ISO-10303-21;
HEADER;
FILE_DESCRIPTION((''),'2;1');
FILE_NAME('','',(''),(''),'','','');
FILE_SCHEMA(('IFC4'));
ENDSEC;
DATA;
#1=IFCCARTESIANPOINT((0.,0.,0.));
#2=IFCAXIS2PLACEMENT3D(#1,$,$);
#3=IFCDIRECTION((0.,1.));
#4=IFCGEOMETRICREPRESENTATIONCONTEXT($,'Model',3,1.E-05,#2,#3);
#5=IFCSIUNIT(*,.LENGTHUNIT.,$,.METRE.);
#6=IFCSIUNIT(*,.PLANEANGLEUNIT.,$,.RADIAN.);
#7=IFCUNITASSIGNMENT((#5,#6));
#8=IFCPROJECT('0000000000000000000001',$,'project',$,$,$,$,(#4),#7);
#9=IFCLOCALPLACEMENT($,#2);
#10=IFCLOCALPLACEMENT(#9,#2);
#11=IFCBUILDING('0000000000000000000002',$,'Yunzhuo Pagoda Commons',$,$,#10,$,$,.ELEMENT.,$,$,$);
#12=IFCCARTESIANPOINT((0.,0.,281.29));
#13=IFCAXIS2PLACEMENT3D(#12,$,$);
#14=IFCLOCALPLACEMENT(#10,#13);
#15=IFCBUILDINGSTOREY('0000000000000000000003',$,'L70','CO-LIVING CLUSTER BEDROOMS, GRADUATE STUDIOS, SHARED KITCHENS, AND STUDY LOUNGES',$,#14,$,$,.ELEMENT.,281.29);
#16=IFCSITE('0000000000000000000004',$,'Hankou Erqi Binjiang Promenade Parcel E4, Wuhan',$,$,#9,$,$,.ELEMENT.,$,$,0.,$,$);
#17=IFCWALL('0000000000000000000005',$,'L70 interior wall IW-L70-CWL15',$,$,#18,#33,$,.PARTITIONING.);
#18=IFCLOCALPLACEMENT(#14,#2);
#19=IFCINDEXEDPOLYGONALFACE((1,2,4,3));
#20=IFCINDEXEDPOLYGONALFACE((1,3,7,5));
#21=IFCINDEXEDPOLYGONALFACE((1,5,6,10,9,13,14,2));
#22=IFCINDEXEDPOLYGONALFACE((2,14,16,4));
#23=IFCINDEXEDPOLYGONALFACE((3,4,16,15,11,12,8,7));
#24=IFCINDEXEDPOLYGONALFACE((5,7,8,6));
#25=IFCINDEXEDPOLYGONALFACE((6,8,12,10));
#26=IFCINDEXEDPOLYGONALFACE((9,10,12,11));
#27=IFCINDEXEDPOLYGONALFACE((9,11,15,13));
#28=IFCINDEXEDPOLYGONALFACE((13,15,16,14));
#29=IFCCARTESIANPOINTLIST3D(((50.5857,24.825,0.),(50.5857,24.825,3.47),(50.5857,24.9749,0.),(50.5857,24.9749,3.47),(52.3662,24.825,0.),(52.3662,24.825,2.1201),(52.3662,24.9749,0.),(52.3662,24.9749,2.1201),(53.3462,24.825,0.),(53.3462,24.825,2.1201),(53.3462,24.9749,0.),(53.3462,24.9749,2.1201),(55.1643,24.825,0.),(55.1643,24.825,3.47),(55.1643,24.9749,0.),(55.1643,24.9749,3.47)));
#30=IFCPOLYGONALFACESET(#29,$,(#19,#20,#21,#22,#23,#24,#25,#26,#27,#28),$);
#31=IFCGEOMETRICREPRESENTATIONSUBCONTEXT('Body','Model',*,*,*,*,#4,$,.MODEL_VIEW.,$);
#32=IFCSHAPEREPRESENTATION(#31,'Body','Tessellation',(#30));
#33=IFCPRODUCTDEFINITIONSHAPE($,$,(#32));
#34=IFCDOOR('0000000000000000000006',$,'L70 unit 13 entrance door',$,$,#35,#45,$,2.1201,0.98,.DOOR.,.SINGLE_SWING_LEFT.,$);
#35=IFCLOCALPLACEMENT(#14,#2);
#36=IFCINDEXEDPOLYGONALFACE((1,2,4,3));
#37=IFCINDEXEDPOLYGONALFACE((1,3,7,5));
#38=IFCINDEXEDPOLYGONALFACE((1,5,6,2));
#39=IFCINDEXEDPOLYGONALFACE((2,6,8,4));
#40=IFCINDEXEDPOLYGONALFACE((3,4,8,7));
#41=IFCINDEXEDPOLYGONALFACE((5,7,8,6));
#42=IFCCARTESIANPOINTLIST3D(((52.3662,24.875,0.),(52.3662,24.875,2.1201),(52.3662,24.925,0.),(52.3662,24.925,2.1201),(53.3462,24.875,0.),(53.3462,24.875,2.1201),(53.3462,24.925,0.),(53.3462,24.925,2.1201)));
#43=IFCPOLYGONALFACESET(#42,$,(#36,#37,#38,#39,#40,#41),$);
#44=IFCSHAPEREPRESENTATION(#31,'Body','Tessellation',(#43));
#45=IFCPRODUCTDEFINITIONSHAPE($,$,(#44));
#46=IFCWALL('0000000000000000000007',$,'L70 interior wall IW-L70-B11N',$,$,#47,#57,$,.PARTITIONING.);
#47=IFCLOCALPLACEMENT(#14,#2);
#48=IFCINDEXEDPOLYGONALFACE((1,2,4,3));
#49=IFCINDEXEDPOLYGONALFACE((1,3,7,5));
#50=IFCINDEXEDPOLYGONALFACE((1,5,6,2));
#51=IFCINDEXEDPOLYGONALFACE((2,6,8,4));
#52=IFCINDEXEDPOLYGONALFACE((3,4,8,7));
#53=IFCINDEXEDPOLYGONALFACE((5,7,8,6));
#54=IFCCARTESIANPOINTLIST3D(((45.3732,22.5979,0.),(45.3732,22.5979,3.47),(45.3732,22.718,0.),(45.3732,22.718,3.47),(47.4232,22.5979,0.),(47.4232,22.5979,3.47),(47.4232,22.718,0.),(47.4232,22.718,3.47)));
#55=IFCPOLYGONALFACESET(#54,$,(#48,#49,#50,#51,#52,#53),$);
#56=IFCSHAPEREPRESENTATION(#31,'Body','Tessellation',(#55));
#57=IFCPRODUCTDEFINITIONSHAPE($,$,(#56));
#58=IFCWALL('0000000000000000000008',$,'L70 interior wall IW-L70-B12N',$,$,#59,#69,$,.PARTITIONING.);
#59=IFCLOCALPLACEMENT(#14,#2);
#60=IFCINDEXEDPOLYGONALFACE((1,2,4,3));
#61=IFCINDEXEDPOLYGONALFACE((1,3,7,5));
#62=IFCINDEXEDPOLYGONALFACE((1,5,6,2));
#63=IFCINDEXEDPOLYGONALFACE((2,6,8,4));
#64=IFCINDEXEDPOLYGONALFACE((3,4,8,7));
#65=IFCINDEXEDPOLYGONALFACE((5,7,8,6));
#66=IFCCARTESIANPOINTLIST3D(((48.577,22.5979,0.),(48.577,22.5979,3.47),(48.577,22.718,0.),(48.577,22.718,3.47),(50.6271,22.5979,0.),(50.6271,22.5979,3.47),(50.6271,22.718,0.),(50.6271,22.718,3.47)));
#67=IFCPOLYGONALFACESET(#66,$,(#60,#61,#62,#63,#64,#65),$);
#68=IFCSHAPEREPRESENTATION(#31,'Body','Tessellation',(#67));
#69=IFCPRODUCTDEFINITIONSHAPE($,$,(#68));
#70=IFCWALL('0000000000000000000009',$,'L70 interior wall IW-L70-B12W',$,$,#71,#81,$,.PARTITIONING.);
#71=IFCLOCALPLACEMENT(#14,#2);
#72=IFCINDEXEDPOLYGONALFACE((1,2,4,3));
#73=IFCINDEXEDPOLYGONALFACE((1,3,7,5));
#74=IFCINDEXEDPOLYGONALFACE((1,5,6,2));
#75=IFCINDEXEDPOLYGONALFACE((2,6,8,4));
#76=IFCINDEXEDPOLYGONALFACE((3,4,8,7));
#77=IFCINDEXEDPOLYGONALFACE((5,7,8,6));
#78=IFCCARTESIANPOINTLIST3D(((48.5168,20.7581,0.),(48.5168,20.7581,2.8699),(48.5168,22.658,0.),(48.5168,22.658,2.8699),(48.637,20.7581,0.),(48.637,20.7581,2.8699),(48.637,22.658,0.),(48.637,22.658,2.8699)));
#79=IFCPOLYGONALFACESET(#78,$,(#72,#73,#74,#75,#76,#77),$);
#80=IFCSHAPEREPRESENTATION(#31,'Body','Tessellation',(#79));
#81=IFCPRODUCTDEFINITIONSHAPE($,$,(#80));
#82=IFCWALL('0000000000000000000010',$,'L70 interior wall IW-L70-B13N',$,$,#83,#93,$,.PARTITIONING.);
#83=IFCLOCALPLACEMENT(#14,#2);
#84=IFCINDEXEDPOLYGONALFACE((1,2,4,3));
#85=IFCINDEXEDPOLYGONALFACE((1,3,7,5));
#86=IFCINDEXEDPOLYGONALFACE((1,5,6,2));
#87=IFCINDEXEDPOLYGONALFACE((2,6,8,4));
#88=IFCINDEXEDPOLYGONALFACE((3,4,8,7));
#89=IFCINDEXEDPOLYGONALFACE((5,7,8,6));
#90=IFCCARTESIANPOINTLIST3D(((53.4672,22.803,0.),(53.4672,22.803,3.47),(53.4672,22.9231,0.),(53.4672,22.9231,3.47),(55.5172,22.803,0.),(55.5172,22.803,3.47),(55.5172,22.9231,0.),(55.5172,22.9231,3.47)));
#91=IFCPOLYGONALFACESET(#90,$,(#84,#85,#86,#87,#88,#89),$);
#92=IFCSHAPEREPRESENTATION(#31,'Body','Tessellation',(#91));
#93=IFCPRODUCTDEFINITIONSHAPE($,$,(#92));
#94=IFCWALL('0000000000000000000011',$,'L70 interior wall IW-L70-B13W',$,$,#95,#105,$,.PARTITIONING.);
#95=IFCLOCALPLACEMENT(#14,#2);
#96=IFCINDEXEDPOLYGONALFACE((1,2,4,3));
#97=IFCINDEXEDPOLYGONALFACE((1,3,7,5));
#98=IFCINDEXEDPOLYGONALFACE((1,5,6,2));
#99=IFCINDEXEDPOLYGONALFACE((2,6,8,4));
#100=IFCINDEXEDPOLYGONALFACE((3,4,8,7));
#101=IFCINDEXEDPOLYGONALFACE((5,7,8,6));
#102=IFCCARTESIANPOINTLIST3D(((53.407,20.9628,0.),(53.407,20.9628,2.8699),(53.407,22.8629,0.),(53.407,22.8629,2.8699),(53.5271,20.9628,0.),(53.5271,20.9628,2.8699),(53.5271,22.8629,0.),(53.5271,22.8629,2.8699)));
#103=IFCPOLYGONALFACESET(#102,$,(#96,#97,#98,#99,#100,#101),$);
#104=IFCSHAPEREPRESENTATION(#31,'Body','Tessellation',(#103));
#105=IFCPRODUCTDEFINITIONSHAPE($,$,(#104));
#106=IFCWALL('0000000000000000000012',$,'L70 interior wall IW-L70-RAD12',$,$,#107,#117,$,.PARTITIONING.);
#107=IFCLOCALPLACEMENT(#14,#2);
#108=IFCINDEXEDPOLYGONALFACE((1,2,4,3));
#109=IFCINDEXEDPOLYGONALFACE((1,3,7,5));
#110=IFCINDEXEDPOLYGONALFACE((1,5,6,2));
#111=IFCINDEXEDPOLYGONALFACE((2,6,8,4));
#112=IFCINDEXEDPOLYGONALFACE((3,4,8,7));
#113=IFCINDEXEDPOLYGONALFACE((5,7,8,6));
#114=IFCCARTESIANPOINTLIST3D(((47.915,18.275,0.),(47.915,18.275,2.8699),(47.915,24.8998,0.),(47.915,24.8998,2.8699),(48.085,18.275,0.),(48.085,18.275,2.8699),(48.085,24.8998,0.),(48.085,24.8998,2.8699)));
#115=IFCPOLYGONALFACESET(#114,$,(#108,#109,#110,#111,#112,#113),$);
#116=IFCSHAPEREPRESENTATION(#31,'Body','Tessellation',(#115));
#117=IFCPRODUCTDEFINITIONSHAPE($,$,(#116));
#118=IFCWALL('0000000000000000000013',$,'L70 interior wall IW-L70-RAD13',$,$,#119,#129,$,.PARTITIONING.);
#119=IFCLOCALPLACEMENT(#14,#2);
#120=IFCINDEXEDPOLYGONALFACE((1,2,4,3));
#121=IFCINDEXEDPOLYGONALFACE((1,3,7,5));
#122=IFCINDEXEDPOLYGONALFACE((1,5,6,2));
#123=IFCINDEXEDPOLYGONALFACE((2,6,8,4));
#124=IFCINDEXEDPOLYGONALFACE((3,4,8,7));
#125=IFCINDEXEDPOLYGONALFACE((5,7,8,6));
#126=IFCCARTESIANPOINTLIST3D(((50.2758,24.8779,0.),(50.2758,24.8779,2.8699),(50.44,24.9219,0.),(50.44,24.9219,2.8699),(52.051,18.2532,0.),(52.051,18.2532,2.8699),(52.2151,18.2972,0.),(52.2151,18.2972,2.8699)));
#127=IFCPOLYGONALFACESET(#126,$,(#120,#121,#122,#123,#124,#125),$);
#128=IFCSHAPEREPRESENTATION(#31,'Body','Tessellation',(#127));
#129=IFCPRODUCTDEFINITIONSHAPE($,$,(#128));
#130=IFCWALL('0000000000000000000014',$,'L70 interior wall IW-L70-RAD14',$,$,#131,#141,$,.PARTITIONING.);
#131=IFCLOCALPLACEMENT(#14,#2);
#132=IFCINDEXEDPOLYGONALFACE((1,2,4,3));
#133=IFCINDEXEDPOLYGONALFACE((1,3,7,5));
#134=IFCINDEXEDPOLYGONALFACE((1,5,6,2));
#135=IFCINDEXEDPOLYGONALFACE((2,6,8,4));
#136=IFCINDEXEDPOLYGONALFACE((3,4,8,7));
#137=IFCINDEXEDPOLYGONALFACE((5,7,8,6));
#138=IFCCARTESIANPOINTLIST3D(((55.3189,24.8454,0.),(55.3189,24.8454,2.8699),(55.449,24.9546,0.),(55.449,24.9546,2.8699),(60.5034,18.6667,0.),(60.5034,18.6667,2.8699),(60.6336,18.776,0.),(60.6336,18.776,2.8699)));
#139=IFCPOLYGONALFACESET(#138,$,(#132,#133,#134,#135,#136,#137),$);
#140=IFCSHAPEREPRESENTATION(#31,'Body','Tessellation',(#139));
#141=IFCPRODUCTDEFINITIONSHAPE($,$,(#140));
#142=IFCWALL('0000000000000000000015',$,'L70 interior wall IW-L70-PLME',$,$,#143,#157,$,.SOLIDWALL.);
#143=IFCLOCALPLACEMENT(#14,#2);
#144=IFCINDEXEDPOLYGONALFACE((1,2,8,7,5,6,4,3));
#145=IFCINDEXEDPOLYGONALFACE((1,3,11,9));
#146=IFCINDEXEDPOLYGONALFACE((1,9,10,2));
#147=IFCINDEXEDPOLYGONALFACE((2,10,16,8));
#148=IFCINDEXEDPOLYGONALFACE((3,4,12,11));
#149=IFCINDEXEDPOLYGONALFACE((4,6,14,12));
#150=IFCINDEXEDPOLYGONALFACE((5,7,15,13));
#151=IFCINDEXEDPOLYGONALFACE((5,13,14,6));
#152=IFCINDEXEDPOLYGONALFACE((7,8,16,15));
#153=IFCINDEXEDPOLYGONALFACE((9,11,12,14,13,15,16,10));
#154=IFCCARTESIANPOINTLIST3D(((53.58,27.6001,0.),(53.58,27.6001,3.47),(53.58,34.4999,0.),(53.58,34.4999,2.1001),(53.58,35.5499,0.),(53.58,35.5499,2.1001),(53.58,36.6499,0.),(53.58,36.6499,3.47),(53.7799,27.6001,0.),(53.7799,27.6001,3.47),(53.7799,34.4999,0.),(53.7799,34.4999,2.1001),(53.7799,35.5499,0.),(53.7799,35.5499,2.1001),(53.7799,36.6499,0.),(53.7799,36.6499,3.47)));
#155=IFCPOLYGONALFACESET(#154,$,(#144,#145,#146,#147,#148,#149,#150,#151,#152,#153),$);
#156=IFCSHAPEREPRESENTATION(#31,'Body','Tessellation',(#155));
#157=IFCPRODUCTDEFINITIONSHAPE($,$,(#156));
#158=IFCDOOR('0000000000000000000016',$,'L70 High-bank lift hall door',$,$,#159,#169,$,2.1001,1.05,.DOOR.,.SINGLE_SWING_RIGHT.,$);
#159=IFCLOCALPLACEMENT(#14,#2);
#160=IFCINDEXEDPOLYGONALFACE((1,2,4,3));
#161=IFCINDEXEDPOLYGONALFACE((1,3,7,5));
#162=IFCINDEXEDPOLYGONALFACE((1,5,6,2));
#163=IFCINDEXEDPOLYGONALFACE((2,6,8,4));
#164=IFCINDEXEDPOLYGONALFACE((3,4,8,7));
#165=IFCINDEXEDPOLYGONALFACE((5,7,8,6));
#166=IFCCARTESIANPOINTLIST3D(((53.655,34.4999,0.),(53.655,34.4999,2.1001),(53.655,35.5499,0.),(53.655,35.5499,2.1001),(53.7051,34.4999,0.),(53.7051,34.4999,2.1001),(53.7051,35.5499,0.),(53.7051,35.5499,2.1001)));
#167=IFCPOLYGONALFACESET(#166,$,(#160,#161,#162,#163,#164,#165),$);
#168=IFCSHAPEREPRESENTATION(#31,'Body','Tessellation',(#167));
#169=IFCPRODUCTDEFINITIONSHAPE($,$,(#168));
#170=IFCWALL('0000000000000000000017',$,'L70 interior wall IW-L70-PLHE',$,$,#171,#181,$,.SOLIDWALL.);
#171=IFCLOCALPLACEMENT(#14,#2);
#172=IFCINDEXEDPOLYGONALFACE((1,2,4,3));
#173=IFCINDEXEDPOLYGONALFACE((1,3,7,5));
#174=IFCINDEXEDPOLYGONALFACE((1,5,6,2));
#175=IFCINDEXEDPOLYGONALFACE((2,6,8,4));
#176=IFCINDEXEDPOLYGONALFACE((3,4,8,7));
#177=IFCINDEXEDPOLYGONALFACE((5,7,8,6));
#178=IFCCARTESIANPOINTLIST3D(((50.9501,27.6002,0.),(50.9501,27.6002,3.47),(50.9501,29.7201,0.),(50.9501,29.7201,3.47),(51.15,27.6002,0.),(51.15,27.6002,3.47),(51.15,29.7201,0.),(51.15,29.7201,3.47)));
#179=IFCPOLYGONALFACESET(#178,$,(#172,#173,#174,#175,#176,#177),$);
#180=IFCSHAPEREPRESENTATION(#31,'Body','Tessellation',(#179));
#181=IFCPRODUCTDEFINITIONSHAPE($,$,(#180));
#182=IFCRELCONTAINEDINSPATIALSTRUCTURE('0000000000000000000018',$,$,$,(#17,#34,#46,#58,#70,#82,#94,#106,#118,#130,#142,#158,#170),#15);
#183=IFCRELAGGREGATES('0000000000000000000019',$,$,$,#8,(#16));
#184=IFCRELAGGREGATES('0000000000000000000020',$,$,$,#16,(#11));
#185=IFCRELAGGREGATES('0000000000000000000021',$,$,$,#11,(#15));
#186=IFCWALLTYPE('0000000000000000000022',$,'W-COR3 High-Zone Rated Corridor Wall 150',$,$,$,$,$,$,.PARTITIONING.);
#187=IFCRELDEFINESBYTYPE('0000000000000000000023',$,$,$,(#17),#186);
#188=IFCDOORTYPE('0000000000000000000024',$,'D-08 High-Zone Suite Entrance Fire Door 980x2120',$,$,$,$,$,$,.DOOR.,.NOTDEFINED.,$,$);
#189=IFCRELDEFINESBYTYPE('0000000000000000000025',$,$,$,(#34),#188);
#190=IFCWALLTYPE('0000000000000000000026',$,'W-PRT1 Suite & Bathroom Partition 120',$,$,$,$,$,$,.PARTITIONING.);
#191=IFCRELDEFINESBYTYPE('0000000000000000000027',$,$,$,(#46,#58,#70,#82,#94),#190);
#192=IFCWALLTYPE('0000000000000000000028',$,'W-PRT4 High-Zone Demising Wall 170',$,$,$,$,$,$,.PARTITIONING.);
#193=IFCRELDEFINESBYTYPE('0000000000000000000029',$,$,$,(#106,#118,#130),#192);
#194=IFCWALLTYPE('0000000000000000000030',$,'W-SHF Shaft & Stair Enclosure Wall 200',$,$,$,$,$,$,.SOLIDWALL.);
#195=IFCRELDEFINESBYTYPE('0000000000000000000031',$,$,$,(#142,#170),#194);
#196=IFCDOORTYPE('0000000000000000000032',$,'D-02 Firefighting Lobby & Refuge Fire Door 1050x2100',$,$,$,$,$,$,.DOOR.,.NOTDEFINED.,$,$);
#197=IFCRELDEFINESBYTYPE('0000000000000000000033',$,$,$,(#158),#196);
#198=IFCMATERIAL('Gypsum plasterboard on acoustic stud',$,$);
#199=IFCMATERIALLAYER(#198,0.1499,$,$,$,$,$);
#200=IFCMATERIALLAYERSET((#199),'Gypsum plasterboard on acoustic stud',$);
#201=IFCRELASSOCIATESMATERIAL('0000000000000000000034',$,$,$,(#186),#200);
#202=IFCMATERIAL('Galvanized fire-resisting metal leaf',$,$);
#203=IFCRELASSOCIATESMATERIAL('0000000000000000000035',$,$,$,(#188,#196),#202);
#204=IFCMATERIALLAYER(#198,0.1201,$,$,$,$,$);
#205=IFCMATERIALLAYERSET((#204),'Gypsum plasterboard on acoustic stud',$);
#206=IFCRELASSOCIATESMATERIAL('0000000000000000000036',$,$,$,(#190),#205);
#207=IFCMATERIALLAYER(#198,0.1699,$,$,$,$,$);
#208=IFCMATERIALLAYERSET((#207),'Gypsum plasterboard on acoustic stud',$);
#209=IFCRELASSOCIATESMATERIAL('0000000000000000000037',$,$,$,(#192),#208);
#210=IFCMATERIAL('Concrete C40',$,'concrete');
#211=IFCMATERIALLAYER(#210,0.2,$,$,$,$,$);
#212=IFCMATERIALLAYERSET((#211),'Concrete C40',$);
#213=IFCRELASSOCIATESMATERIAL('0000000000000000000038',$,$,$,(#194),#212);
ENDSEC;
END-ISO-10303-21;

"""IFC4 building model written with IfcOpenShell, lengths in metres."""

from ifc_helpers import new_model, si_unit, direction, frame, frame_2d, origin, origin_with_axes, place, context, subcontext, project, spatial, rectangle, extrude, source, transform, mapped, material, layer, layer_set, type_object, element, fill, save


model = new_model("IFC4")

# Units and contexts
model_context = context("Model", 3, precision=1e-05, world=origin(), true_north=direction((0.0, 1.0)))
body_context = subcontext(model_context, "Body", "Model", "MODEL_VIEW")
ifc_project = project(units=[si_unit("LENGTHUNIT", "METRE"), si_unit("PLANEANGLEUNIT", "RADIAN")], contexts=[model_context])

# Site, building, storey
site_placement = place(None, origin())
site = spatial("IfcSite", under=ifc_project, at=site_placement, Name="Hankou Erqi Binjiang Promenade Parcel E4, Wuhan", CompositionType="ELEMENT", RefElevation=0.0)
building_placement = place(site_placement, origin())
building = spatial("IfcBuilding", under=site, at=building_placement, Name="Yunzhuo Pagoda Commons", CompositionType="ELEMENT")
storey_placement = place(building_placement, frame((0.0, 0.0, 281.29)))
storey = spatial("IfcBuildingStorey", under=building, at=storey_placement, Name="L70", Description="CO-LIVING CLUSTER BEDROOMS, GRADUATE STUDIOS, SHARED KITCHENS, AND STUDY LOUNGES", CompositionType="ELEMENT", Elevation=281.29)

# Shared definitions
ifc_material_1 = material(Name="Gypsum plasterboard on acoustic stud")
ifc_layer_1 = layer(ifc_material_1, 0.1499)
ifc_layer_set_1 = layer_set([ifc_layer_1], Name="Gypsum plasterboard on acoustic stud")
wall_type_1 = type_object("IfcWallType", Name="W-COR3 High-Zone Rated Corridor Wall 150", PredefinedType="PARTITIONING", material=ifc_layer_set_1)

# Wall, opening, door
ifc_material_2 = material(Name="Galvanized fire-resisting metal leaf")
wall_1_placement = place(storey_placement, frame((55.1643, 24.8999, 0.0), z_axis=(0.0, 0.0, 1.0), x_axis=(-1.0, 0.0, 0.0)))
wall_1 = element("IfcWall", 1, at=wall_1_placement, inside=storey, type_object=wall_type_1, Name="L70 interior wall IW-L70-CWL15", PredefinedType="PARTITIONING", context=body_context, shape_type="SweptSolid", body=[
    extrude(rectangle(XDim=4.5786, YDim=0.1499, at=frame_2d((2.2893, 0.0))), origin(), (0.0, 0.0, 1.0), 3.47),
])
opening_1_placement = place(wall_1_placement, frame((1.8181, 0.0, 0.0)))
opening_1 = element("IfcOpeningElement", 2, at=opening_1_placement, cuts=wall_1, PredefinedType="OPENING", context=body_context, shape_type="SweptSolid", body=[
    extrude(rectangle(XDim=0.98, YDim=2.1201, at=frame_2d((0.49, 1.0601))), frame((0.0, 0.085, 0.0), z_axis=(0.0, -1.0, 0.0), x_axis=(1.0, 0.0, 0.0)), (0.0, 0.0, 1.0), 0.1699),
])
door_type_1 = type_object("IfcDoorType", Name="D-08 High-Zone Suite Entrance Fire Door 980x2120", OperationType="NOTDEFINED", PredefinedType="DOOR", material=ifc_material_2)
shared_shape_1 = source(origin(), body_context, "Body", "SweptSolid", [
    extrude(rectangle(XDim=0.98, YDim=2.1201, at=frame_2d((0.49, 1.0601))), frame((0.0, 0.0249, 0.0), z_axis=(0.0, -1.0, 0.0), x_axis=(1.0, 0.0, 0.0)), (0.0, 0.0, 1.0), 0.05),
])
door_1_placement = place(opening_1_placement, origin_with_axes())
door_1 = element("IfcDoor", 3, at=door_1_placement, inside=storey, type_object=door_type_1, Name="L70 unit 13 entrance door", OperationType="SINGLE_SWING_LEFT", OverallHeight=2.1201, OverallWidth=0.98, PredefinedType="DOOR", context=body_context, shape_type="MappedRepresentation", body=[
    mapped(shared_shape_1, transform((0.0, 0.0, 0.0), scale=1.0)),
])
fill(opening_1, door_1)

# Walls
ifc_layer_2 = layer(ifc_material_1, 0.1201)
ifc_layer_set_2 = layer_set([ifc_layer_2], Name="Gypsum plasterboard on acoustic stud")
wall_type_2 = type_object("IfcWallType", Name="W-PRT1 Suite & Bathroom Partition 120", PredefinedType="PARTITIONING", material=ifc_layer_set_2)
for number, where, z_axis, x_axis, name in (
    (4, (47.4231, 22.658, 0.0), (0.0, 0.0, 1.0), (-1.0, 0.0, 0.0), "L70 interior wall IW-L70-B11N"),
    (5, (50.627, 22.658, 0.0), (0.0, 0.0, 1.0), (-1.0, 0.0, 0.0), "L70 interior wall IW-L70-B12N"),
):
    element("IfcWall", number, at=place(storey_placement, frame(where, z_axis=z_axis, x_axis=x_axis)), inside=storey, type_object=wall_type_2, Name=name, PredefinedType="PARTITIONING", context=body_context, shape_type="SweptSolid", body=[
        extrude(rectangle(XDim=2.05, YDim=0.1201, at=frame_2d((1.0249, 0.0))), origin(), (0.0, 0.0, 1.0), 3.47),
    ])
wall_2_placement = place(storey_placement, frame((48.5769, 22.658, 0.0), z_axis=(0.0, 0.0, 1.0), x_axis=(0.0, -1.0, 0.0)))
element("IfcWall", 6, at=wall_2_placement, inside=storey, type_object=wall_type_2, Name="L70 interior wall IW-L70-B12W", PredefinedType="PARTITIONING", context=body_context, shape_type="SweptSolid", body=[
    extrude(rectangle(XDim=1.8999, YDim=0.1201, at=frame_2d((0.95, 0.0))), origin(), (0.0, 0.0, 1.0), 2.8699),
])
wall_3_placement = place(storey_placement, frame((55.5171, 22.863, 0.0), z_axis=(0.0, 0.0, 1.0), x_axis=(-1.0, 0.0, 0.0)))
element("IfcWall", 7, at=wall_3_placement, inside=storey, type_object=wall_type_2, Name="L70 interior wall IW-L70-B13N", PredefinedType="PARTITIONING", context=body_context, shape_type="SweptSolid", body=[
    extrude(rectangle(XDim=2.05, YDim=0.1201, at=frame_2d((1.0249, 0.0))), origin(), (0.0, 0.0, 1.0), 3.47),
])
wall_4_placement = place(storey_placement, frame((53.467, 22.863, 0.0), z_axis=(0.0, 0.0, 1.0), x_axis=(0.0, -1.0, 0.0)))
element("IfcWall", 8, at=wall_4_placement, inside=storey, type_object=wall_type_2, Name="L70 interior wall IW-L70-B13W", PredefinedType="PARTITIONING", context=body_context, shape_type="SweptSolid", body=[
    extrude(rectangle(XDim=1.9001, YDim=0.1201, at=frame_2d((0.9502, 0.0))), origin(), (0.0, 0.0, 1.0), 2.8699),
])
ifc_layer_3 = layer(ifc_material_1, 0.1699)
ifc_layer_set_3 = layer_set([ifc_layer_3], Name="Gypsum plasterboard on acoustic stud")
wall_type_3 = type_object("IfcWallType", Name="W-PRT4 High-Zone Demising Wall 170", PredefinedType="PARTITIONING", material=ifc_layer_set_3)
wall_5_placement = place(storey_placement, frame((48.0, 24.8999, 0.0), z_axis=(0.0, 0.0, 1.0), x_axis=(0.0, -1.0, 0.0)))
element("IfcWall", 9, at=wall_5_placement, inside=storey, type_object=wall_type_3, Name="L70 interior wall IW-L70-RAD12", PredefinedType="PARTITIONING", context=body_context, shape_type="SweptSolid", body=[
    extrude(rectangle(XDim=6.6248, YDim=0.1699, at=frame_2d((3.3125, 0.0))), origin(), (0.0, 0.0, 1.0), 2.8699),
])
wall_6_placement = place(storey_placement, frame((50.3579, 24.8999, 0.0), z_axis=(0.0, 0.0, 1.0), x_axis=(0.258826, -0.965924, 0.0)))
element("IfcWall", 10, at=wall_6_placement, inside=storey, type_object=wall_type_3, Name="L70 interior wall IW-L70-RAD13", PredefinedType="PARTITIONING", context=body_context, shape_type="SweptSolid", body=[
    extrude(rectangle(XDim=6.8584, YDim=0.1699, at=frame_2d((3.4292, 0.0))), origin(), (0.0, 0.0, 1.0), 2.8699),
])
wall_7_placement = place(storey_placement, frame((55.384, 24.8999, 0.0), z_axis=(0.0, 0.0, 1.0), x_axis=(0.642789, -0.766043, 0.0)))
element("IfcWall", 11, at=wall_7_placement, inside=storey, type_object=wall_type_3, Name="L70 interior wall IW-L70-RAD14", PredefinedType="PARTITIONING", context=body_context, shape_type="SweptSolid", body=[
    extrude(rectangle(XDim=8.0657, YDim=0.1699, at=frame_2d((4.0327, 0.0))), origin(), (0.0, 0.0, 1.0), 2.8699),
])

# Wall, opening, door
ifc_material_3 = material(Name="Concrete C40", Category="concrete")
ifc_layer_4 = layer(ifc_material_3, 0.2)
ifc_layer_set_4 = layer_set([ifc_layer_4], Name="Concrete C40")
wall_type_4 = type_object("IfcWallType", Name="W-SHF Shaft & Stair Enclosure Wall 200", PredefinedType="SOLIDWALL", material=ifc_layer_set_4)
wall_8_placement = place(storey_placement, frame((53.6799, 27.6001, 0.0), z_axis=(0.0, 0.0, 1.0), x_axis=(0.0, 1.0, 0.0)))
wall_8 = element("IfcWall", 12, at=wall_8_placement, inside=storey, type_object=wall_type_4, Name="L70 interior wall IW-L70-PLME", PredefinedType="SOLIDWALL", context=body_context, shape_type="SweptSolid", body=[
    extrude(rectangle(XDim=9.0498, YDim=0.2, at=frame_2d((4.5249, 0.0))), origin(), (0.0, 0.0, 1.0), 3.47),
])
opening_2_placement = place(wall_8_placement, frame((6.8999, 0.0, 0.0)))
opening_2 = element("IfcOpeningElement", 13, at=opening_2_placement, cuts=wall_8, PredefinedType="OPENING", context=body_context, shape_type="SweptSolid", body=[
    extrude(rectangle(XDim=1.05, YDim=2.1001, at=frame_2d((0.5249, 1.05))), frame((0.0, 0.1099, 0.0), z_axis=(0.0, -1.0, 0.0), x_axis=(1.0, 0.0, 0.0)), (0.0, 0.0, 1.0), 0.22),
])
door_type_2 = type_object("IfcDoorType", Name="D-02 Firefighting Lobby & Refuge Fire Door 1050x2100", OperationType="NOTDEFINED", PredefinedType="DOOR", material=ifc_material_2)
shared_shape_2 = source(origin(), body_context, "Body", "SweptSolid", [
    extrude(rectangle(XDim=1.05, YDim=2.1001, at=frame_2d((0.5249, 1.05))), frame((0.0, 0.0249, 0.0), z_axis=(0.0, -1.0, 0.0), x_axis=(1.0, 0.0, 0.0)), (0.0, 0.0, 1.0), 0.05),
])
door_2_placement = place(opening_2_placement, origin_with_axes())
door_2 = element("IfcDoor", 14, at=door_2_placement, inside=storey, type_object=door_type_2, Name="L70 High-bank lift hall door", OperationType="SINGLE_SWING_RIGHT", OverallHeight=2.1001, OverallWidth=1.05, PredefinedType="DOOR", context=body_context, shape_type="MappedRepresentation", body=[
    mapped(shared_shape_2, transform((0.0, 0.0, 0.0), scale=1.0)),
])
fill(opening_2, door_2)

# Wall
for number, where, z_axis, x_axis, name in (
    (15, (51.05, 27.6001, 0.0), (0.0, 0.0, 1.0), (0.0, 1.0, 0.0), "L70 interior wall IW-L70-PLHE"),
):
    element("IfcWall", number, at=place(storey_placement, frame(where, z_axis=z_axis, x_axis=x_axis)), inside=storey, type_object=wall_type_4, Name=name, PredefinedType="SOLIDWALL", context=body_context, shape_type="SweptSolid", body=[
        extrude(rectangle(XDim=2.1199, YDim=0.2, at=frame_2d((1.0601, 0.0))), origin(), (0.0, 0.0, 1.0), 3.47),
    ])

save(model, "model.ifc")
